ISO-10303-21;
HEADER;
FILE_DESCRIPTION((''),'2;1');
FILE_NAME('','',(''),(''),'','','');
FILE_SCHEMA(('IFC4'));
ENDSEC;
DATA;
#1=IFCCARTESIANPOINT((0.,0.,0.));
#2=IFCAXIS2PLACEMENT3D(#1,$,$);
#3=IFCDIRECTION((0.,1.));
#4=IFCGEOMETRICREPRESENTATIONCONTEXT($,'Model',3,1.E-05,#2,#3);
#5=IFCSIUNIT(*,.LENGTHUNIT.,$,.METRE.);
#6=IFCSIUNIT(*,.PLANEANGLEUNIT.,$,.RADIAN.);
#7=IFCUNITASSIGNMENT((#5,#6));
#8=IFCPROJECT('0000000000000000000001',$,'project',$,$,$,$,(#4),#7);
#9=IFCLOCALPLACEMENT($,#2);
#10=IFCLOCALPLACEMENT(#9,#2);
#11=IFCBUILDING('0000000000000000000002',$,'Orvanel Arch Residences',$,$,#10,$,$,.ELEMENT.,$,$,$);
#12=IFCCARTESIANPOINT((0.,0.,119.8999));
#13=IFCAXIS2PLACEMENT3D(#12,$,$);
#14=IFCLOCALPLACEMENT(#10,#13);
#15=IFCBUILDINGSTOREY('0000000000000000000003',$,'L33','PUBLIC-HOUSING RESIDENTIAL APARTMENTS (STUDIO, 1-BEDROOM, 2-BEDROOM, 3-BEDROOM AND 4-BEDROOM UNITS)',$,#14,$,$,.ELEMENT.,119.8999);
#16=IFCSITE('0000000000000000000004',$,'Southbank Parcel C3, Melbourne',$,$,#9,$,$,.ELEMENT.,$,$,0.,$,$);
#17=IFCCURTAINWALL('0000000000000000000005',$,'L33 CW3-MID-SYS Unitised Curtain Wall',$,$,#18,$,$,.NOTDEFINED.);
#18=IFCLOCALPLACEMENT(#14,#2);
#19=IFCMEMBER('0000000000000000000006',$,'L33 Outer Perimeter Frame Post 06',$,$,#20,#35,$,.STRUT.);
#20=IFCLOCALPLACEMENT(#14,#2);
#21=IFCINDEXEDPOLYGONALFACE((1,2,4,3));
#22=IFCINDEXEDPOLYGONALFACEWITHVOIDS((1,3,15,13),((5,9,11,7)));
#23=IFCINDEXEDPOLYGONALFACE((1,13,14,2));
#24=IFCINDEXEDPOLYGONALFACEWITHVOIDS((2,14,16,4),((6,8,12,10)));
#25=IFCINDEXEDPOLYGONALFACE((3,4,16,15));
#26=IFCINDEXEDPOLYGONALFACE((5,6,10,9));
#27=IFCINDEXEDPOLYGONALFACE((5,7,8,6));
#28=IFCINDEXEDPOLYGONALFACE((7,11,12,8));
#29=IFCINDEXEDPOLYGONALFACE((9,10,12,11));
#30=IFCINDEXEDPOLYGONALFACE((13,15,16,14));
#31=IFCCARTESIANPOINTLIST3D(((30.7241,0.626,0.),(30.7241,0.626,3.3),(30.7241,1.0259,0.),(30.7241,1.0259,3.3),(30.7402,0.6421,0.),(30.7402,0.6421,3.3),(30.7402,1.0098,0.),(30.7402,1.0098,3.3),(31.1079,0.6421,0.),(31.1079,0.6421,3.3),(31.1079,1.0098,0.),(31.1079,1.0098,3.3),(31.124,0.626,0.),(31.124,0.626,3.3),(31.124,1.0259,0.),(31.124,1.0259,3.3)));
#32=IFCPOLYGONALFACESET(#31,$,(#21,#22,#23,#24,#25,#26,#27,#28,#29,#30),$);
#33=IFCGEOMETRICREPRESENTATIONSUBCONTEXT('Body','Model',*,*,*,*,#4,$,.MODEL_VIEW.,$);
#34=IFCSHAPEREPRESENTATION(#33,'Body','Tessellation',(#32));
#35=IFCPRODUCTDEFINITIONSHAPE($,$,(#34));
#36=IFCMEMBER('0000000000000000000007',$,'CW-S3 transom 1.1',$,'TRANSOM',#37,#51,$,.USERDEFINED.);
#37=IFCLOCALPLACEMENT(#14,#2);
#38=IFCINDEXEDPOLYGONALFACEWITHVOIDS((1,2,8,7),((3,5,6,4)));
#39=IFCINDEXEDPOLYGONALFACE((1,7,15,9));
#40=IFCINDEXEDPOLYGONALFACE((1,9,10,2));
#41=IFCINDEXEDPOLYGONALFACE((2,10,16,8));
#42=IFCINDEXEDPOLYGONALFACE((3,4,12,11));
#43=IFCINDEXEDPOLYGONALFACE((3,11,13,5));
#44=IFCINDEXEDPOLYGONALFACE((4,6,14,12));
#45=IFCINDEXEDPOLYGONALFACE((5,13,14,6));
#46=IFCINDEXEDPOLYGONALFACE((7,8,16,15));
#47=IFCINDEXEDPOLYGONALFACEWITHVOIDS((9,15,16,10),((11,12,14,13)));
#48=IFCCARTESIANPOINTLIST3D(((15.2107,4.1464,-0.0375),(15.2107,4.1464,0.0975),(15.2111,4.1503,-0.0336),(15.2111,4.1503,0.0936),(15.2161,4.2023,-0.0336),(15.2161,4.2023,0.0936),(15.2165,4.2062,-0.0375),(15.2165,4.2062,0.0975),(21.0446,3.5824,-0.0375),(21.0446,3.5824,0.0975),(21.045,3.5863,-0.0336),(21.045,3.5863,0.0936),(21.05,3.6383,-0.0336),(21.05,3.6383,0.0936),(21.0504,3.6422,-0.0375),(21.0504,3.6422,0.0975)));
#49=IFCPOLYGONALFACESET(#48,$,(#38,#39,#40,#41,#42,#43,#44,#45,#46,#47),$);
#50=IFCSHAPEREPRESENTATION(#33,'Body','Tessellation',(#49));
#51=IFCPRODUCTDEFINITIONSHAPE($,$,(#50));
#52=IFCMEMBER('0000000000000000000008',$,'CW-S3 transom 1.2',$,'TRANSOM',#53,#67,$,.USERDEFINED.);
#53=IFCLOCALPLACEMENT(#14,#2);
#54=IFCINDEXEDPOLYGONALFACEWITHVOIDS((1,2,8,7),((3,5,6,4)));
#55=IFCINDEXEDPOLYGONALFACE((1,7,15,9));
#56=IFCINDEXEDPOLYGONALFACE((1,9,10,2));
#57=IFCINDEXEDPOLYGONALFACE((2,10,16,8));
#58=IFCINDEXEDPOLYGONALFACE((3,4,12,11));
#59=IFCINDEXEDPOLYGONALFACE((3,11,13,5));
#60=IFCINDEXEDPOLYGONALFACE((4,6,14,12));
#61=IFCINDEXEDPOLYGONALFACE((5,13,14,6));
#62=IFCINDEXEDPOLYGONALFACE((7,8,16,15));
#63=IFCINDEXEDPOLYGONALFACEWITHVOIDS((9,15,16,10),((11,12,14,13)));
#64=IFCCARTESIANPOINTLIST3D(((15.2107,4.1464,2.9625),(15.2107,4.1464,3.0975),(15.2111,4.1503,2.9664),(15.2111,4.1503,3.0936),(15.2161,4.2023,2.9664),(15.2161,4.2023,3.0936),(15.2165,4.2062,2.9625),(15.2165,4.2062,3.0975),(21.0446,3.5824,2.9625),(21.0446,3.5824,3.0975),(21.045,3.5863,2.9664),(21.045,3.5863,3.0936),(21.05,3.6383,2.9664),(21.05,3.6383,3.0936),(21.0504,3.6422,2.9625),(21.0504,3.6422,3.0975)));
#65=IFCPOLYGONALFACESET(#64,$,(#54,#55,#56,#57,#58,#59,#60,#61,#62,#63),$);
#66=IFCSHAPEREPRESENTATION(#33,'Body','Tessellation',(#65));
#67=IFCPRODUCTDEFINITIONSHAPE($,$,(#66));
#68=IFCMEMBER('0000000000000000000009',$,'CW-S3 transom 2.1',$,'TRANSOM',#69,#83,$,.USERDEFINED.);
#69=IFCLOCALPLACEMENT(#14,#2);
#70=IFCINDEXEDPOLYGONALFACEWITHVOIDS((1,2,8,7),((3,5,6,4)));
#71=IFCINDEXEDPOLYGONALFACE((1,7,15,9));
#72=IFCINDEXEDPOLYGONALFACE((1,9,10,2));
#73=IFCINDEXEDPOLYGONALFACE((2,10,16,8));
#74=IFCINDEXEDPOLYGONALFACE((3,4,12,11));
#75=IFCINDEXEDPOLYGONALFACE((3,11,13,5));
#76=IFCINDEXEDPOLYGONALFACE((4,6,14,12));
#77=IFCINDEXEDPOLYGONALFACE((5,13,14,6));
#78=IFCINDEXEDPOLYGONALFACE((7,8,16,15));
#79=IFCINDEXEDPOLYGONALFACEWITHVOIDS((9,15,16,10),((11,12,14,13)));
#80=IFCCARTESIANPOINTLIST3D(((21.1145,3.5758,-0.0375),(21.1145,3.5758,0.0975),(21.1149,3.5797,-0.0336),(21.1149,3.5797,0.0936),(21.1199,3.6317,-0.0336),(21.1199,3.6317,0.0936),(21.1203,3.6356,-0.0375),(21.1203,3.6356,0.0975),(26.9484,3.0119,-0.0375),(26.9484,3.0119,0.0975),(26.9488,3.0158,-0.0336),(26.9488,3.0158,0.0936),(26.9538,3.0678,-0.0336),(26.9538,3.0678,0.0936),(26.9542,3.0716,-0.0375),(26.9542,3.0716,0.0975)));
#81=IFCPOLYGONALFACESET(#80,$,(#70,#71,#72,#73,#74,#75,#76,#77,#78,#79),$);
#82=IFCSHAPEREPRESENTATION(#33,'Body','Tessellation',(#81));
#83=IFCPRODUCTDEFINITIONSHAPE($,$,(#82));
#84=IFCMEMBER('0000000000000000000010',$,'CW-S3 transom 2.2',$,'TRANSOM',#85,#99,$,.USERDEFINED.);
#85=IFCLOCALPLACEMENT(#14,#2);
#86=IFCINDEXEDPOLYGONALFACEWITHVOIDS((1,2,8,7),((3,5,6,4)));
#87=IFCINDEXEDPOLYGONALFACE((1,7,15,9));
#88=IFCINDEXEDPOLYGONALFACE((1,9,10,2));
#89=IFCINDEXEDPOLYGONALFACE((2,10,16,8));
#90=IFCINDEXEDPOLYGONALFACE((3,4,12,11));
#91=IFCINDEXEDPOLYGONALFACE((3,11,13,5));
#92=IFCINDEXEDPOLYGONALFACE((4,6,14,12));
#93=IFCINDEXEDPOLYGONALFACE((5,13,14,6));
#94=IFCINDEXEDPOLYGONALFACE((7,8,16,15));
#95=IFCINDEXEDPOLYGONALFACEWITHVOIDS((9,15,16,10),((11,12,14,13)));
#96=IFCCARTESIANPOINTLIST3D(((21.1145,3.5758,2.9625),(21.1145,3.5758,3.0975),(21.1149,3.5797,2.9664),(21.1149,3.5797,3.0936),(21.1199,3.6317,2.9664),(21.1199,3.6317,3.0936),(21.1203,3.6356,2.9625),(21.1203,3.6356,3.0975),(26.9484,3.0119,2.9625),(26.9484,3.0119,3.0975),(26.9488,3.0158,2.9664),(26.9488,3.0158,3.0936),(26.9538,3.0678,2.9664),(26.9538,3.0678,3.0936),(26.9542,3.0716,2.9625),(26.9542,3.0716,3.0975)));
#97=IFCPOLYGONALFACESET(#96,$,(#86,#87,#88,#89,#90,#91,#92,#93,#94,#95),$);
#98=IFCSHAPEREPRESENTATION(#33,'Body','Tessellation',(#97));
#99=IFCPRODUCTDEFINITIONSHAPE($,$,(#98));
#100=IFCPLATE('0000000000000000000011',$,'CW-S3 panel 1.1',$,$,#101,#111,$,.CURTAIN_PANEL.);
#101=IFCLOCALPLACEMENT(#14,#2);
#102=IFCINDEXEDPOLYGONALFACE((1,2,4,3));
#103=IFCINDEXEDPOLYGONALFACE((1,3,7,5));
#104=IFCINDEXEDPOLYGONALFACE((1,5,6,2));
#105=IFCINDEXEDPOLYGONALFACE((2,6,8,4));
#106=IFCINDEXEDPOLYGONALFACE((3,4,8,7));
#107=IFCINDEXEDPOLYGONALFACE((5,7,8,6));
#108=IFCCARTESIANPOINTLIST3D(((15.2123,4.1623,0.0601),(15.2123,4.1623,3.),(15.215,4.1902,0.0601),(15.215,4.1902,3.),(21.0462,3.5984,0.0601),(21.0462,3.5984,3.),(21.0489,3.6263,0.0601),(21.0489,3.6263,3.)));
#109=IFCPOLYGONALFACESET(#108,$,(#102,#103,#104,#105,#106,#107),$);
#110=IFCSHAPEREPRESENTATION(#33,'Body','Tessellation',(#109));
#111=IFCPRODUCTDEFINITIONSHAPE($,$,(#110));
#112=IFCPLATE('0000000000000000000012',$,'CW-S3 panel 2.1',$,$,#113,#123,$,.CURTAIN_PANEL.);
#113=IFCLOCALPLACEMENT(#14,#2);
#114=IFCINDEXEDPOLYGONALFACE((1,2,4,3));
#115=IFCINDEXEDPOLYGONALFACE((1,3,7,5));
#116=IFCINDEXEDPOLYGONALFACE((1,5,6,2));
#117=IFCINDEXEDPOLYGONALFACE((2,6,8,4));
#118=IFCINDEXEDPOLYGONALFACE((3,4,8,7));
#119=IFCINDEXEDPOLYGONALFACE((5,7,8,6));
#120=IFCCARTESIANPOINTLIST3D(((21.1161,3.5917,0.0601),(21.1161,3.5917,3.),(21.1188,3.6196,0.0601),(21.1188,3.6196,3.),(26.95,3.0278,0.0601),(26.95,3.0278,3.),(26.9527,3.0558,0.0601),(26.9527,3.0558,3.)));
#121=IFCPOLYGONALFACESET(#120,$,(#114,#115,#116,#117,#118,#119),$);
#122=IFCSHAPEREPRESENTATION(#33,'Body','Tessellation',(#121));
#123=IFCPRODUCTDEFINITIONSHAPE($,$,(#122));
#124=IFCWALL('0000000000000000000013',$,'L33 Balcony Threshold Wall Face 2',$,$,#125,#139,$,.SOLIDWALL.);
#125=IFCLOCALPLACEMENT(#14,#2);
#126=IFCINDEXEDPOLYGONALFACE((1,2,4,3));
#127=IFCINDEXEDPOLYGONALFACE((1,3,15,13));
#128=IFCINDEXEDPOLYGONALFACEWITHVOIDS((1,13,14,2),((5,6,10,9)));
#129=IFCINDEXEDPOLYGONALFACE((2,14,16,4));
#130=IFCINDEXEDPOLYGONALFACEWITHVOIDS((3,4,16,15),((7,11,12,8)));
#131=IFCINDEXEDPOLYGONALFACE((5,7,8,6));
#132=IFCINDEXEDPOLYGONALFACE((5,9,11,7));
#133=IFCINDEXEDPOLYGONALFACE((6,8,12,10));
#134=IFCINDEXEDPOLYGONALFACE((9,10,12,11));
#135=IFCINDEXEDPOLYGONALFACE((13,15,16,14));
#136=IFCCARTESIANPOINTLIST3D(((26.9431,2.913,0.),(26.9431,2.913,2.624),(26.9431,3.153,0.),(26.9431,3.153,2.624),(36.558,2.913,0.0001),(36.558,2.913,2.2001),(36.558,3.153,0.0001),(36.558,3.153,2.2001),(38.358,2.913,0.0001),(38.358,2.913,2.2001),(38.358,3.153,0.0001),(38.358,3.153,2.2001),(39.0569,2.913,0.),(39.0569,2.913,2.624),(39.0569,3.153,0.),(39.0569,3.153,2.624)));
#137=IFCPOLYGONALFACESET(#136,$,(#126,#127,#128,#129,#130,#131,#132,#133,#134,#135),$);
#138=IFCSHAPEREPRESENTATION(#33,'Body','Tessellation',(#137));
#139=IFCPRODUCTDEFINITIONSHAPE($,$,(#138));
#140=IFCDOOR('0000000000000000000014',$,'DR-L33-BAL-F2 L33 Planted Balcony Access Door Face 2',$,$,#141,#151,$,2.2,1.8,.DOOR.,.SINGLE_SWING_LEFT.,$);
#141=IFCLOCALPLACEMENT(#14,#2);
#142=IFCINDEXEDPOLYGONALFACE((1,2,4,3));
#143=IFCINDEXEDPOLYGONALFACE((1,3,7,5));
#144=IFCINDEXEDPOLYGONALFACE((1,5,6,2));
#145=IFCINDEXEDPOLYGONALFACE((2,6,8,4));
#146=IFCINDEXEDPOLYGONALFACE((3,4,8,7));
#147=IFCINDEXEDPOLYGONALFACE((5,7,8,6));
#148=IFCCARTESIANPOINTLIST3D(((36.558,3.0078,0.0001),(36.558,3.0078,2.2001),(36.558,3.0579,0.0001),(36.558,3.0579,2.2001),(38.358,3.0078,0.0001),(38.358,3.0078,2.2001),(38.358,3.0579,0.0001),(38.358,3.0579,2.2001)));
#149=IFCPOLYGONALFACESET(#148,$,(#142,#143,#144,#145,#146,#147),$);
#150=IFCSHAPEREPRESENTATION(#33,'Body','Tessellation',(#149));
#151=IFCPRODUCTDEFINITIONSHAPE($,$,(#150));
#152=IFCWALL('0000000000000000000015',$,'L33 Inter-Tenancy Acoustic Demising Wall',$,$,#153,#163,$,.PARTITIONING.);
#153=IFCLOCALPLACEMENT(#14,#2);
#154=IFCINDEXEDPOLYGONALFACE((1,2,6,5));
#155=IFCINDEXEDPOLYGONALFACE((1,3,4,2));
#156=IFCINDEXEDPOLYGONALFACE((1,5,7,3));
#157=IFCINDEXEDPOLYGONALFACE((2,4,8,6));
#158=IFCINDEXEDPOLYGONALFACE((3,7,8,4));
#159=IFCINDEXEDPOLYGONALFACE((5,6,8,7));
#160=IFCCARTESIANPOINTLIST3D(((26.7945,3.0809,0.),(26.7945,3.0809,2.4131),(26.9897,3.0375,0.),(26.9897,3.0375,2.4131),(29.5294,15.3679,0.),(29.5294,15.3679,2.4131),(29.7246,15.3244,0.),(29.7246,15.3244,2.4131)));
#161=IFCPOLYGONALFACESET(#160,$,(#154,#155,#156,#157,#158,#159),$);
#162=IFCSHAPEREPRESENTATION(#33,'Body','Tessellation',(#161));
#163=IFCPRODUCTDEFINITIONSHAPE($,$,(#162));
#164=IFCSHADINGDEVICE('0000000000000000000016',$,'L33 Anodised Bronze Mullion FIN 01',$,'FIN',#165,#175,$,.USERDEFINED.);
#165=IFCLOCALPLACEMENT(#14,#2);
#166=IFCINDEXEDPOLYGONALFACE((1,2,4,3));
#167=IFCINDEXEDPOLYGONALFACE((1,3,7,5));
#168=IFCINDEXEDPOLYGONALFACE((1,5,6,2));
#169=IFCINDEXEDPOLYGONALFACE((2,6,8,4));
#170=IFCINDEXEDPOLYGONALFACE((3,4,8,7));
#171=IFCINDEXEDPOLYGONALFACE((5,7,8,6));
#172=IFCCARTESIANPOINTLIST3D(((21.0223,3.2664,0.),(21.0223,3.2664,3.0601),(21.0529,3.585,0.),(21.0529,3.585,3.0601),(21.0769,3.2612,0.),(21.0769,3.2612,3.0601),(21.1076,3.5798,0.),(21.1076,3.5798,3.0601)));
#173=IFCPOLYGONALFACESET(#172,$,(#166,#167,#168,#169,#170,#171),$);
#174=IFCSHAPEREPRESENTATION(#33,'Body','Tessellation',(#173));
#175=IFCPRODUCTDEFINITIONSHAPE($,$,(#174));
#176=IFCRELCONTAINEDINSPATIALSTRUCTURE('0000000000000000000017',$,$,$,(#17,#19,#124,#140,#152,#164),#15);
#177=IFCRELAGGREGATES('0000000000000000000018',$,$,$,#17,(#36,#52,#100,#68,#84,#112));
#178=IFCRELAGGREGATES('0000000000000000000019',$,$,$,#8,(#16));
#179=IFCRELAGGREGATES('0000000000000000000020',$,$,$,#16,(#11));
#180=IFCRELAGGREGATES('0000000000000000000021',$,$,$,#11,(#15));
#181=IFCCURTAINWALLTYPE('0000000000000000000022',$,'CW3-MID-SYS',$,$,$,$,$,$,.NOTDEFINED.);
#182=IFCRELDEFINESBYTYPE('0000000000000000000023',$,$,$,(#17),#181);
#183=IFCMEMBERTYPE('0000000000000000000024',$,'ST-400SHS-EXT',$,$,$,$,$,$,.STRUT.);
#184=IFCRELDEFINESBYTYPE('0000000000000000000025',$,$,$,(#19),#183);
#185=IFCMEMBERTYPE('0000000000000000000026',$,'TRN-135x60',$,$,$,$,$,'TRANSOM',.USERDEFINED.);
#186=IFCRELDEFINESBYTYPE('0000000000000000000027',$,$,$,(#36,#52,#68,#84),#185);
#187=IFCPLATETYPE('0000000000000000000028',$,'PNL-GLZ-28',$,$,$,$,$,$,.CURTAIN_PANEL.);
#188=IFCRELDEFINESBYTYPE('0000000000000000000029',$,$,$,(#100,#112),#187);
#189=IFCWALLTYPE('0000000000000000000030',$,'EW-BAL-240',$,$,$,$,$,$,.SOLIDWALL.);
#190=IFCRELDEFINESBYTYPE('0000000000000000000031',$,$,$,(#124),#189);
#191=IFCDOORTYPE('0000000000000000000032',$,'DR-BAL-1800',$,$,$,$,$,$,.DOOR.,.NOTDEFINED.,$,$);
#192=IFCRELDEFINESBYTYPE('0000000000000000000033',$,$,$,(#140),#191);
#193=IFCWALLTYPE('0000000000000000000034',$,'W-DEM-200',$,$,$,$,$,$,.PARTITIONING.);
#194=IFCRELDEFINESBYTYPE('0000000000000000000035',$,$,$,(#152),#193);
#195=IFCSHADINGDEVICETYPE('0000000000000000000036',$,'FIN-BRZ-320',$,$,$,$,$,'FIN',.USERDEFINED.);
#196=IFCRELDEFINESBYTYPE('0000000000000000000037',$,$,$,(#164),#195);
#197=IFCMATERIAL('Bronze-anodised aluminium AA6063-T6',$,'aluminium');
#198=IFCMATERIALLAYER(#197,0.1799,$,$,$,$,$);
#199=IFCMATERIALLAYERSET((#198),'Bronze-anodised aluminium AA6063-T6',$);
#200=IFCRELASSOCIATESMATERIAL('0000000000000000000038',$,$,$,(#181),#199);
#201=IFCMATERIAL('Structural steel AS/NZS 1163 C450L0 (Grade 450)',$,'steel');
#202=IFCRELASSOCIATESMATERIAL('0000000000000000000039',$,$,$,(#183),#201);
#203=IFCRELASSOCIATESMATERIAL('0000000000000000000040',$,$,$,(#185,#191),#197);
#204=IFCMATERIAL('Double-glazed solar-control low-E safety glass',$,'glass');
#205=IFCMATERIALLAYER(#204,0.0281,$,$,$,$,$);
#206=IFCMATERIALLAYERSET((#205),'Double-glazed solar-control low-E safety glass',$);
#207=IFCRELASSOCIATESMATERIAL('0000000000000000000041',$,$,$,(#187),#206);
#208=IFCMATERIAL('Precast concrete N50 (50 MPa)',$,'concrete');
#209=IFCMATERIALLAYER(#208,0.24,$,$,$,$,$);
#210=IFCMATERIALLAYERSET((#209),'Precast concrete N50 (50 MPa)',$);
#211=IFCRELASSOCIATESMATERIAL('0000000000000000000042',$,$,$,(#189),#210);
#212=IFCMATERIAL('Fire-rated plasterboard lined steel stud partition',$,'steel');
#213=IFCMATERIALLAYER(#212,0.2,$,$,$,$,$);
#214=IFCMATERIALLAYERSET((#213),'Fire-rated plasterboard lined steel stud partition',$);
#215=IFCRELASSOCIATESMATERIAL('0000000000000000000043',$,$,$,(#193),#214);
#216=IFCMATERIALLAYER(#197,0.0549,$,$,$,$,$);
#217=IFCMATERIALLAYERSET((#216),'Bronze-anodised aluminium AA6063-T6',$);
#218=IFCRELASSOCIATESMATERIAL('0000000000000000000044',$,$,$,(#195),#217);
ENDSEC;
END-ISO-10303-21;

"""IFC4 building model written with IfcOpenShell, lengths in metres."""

from ifc_helpers import new_model, si_unit, direction, frame, frame_2d, origin, origin_2d, place, context, subcontext, project, spatial, rectangle, hollow_rectangle, extrude, material, layer, layer_set, material_profile, profile_set, type_object, element, fill, aggregate, save


model = new_model("IFC4")

# Units and contexts
model_context = context("Model", 3, precision=1e-05, world=origin(), true_north=direction((0.0, 1.0)))
body_context = subcontext(model_context, "Body", "Model", "MODEL_VIEW")
ifc_project = project(units=[si_unit("LENGTHUNIT", "METRE"), si_unit("PLANEANGLEUNIT", "RADIAN")], contexts=[model_context])

# Site, building, storey
site_placement = place(None, origin())
site = spatial("IfcSite", under=ifc_project, at=site_placement, Name="Southbank Parcel C3, Melbourne", CompositionType="ELEMENT", RefElevation=0.0)
building_placement = place(site_placement, origin())
building = spatial("IfcBuilding", under=site, at=building_placement, Name="Orvanel Arch Residences", CompositionType="ELEMENT")
storey_placement = place(building_placement, frame((0.0, 0.0, 119.8999)))
storey = spatial("IfcBuildingStorey", under=building, at=storey_placement, Name="L33", Description="PUBLIC-HOUSING RESIDENTIAL APARTMENTS (STUDIO, 1-BEDROOM, 2-BEDROOM, 3-BEDROOM AND 4-BEDROOM UNITS)", CompositionType="ELEMENT", Elevation=119.8999)

# Shared definitions
ifc_material_1 = material(Name="Bronze-anodised aluminium AA6063-T6", Category="aluminium")

# Curtain wall
ifc_layer_1 = layer(ifc_material_1, 0.1799)
ifc_layer_set_1 = layer_set([ifc_layer_1], Name="Bronze-anodised aluminium AA6063-T6")
curtain_wall_type_1 = type_object("IfcCurtainWallType", Name="CW3-MID-SYS", PredefinedType="NOTDEFINED", material=ifc_layer_set_1)
curtain_wall_1_placement = place(storey_placement, origin())
curtain_wall_1 = element("IfcCurtainWall", 1, at=curtain_wall_1_placement, inside=storey, type_object=curtain_wall_type_1, Name="L33 CW3-MID-SYS Unitised Curtain Wall", PredefinedType="NOTDEFINED")

# Member
ifc_material_2 = material(Name="Structural steel AS/NZS 1163 C450L0 (Grade 450)", Category="steel")
ifc_material_profile_1 = material_profile(ifc_material_2, hollow_rectangle(XDim=0.3999, YDim=0.3999, WallThickness=0.0161, at=origin_2d()), Name="SHS400x400x16")
ifc_profile_set_1 = profile_set([ifc_material_profile_1], Name="Structural steel AS/NZS 1163 C450L0 (Grade 450)")
member_type_1 = type_object("IfcMemberType", Name="ST-400SHS-EXT", PredefinedType="STRUT", material=ifc_profile_set_1)
for number, where, z_axis, x_axis, name in (
    (2, (30.9241, 0.8259, 0.0), (0.0, 0.0, 1.0), (1.0, 0.0, 0.0), "L33 Outer Perimeter Frame Post 06"),
):
    element("IfcMember", number, at=place(storey_placement, frame(where, z_axis=z_axis, x_axis=x_axis)), inside=storey, type_object=member_type_1, Name=name, PredefinedType="STRUT", context=body_context, shape_type="SweptSolid", body=[
        extrude(hollow_rectangle(XDim=0.3999, YDim=0.3999, WallThickness=0.0161, at=origin_2d()), origin(), (0.0, 0.0, 1.0), 3.3),
    ])

# Members
ifc_material_profile_2 = material_profile(ifc_material_1, hollow_rectangle(XDim=0.0601, YDim=0.135, WallThickness=0.0039, at=origin_2d()), Name="ALU135x60x4")
ifc_profile_set_2 = profile_set([ifc_material_profile_2], Name="Bronze-anodised aluminium AA6063-T6")
member_type_2 = type_object("IfcMemberType", Name="TRN-135x60", ElementType="TRANSOM", PredefinedType="USERDEFINED", material=ifc_profile_set_2)
member_1_placement = place(storey_placement, frame((15.2136, 4.1763, 0.03), z_axis=(0.99536, -0.09622, 0.0), x_axis=(0.09622, 0.99536, 0.0)))
member_1 = element("IfcMember", 3, at=member_1_placement, type_object=member_type_2, Name="CW-S3 transom 1.1", ObjectType="TRANSOM", PredefinedType="USERDEFINED", context=body_context, shape_type="SweptSolid", body=[
    extrude(hollow_rectangle(XDim=0.0601, YDim=0.135, WallThickness=0.0039, at=origin_2d()), origin(), (0.0, 0.0, 1.0), 5.8611),
])
member_2_placement = place(storey_placement, frame((15.2136, 4.1763, 3.03), z_axis=(0.99536, -0.09622, 0.0), x_axis=(0.09622, 0.99536, 0.0)))
member_2 = element("IfcMember", 4, at=member_2_placement, type_object=member_type_2, Name="CW-S3 transom 1.2", ObjectType="TRANSOM", PredefinedType="USERDEFINED", context=body_context, shape_type="SweptSolid", body=[
    extrude(hollow_rectangle(XDim=0.0601, YDim=0.135, WallThickness=0.0039, at=origin_2d()), origin(), (0.0, 0.0, 1.0), 5.8611),
])
member_3_placement = place(storey_placement, frame((21.1174, 3.6057, 0.03), z_axis=(0.99536, -0.09622, 0.0), x_axis=(0.09622, 0.99536, 0.0)))
member_3 = element("IfcMember", 5, at=member_3_placement, type_object=member_type_2, Name="CW-S3 transom 2.1", ObjectType="TRANSOM", PredefinedType="USERDEFINED", context=body_context, shape_type="SweptSolid", body=[
    extrude(hollow_rectangle(XDim=0.0601, YDim=0.135, WallThickness=0.0039, at=origin_2d()), origin(), (0.0, 0.0, 1.0), 5.8611),
])
member_4_placement = place(storey_placement, frame((21.1174, 3.6057, 3.03), z_axis=(0.99536, -0.09622, 0.0), x_axis=(0.09622, 0.99536, 0.0)))
member_4 = element("IfcMember", 6, at=member_4_placement, type_object=member_type_2, Name="CW-S3 transom 2.2", ObjectType="TRANSOM", PredefinedType="USERDEFINED", context=body_context, shape_type="SweptSolid", body=[
    extrude(hollow_rectangle(XDim=0.0601, YDim=0.135, WallThickness=0.0039, at=origin_2d()), origin(), (0.0, 0.0, 1.0), 5.8611),
])

# Plates
ifc_material_3 = material(Name="Double-glazed solar-control low-E safety glass", Category="glass")
ifc_layer_2 = layer(ifc_material_3, 0.0281)
ifc_layer_set_2 = layer_set([ifc_layer_2], Name="Double-glazed solar-control low-E safety glass")
plate_type = type_object("IfcPlateType", Name="PNL-GLZ-28", PredefinedType="CURTAIN_PANEL", material=ifc_layer_set_2)
plate_1_placement = place(storey_placement, frame((18.1306, 3.8943, 0.0601), z_axis=(0.0, 0.0, 1.0), x_axis=(0.995361, -0.096209, 0.0)))
plate_1 = element("IfcPlate", 7, at=plate_1_placement, type_object=plate_type, Name="CW-S3 panel 1.1", PredefinedType="CURTAIN_PANEL", context=body_context, shape_type="SweptSolid", body=[
    extrude(rectangle(XDim=5.8611, YDim=0.0281, at=origin_2d()), origin(), (0.0, 0.0, 1.0), 2.9399),
])
plate_2_placement = place(storey_placement, frame((24.0344, 3.3237, 0.0601), z_axis=(0.0, 0.0, 1.0), x_axis=(0.995361, -0.096209, 0.0)))
plate_2 = element("IfcPlate", 8, at=plate_2_placement, type_object=plate_type, Name="CW-S3 panel 2.1", PredefinedType="CURTAIN_PANEL", context=body_context, shape_type="SweptSolid", body=[
    extrude(rectangle(XDim=5.8611, YDim=0.0281, at=origin_2d()), origin(), (0.0, 0.0, 1.0), 2.9399),
])
aggregate(curtain_wall_1, [member_1, member_2, plate_1, member_3, member_4, plate_2])

# Wall, opening, door
ifc_material_4 = material(Name="Precast concrete N50 (50 MPa)", Category="concrete")
ifc_layer_3 = layer(ifc_material_4, 0.24)
ifc_layer_set_3 = layer_set([ifc_layer_3], Name="Precast concrete N50 (50 MPa)")
wall_type_1 = type_object("IfcWallType", Name="EW-BAL-240", PredefinedType="SOLIDWALL", material=ifc_layer_set_3)
wall_1_placement = place(storey_placement, frame((26.9431, 3.033, 0.0), z_axis=(0.0, 0.0, 1.0), x_axis=(1.0, 0.0, 0.0)))
wall_1 = element("IfcWall", 9, at=wall_1_placement, inside=storey, type_object=wall_type_1, Name="L33 Balcony Threshold Wall Face 2", PredefinedType="SOLIDWALL", context=body_context, shape_type="SweptSolid", body=[
    extrude(rectangle(XDim=12.1138, YDim=0.24, at=frame_2d((6.0569, 0.0))), origin(), (0.0, 0.0, 1.0), 2.624),
])
opening_placement = place(wall_1_placement, frame((9.615, 0.0, 0.0)))
opening = element("IfcOpeningElement", 10, at=opening_placement, cuts=wall_1, PredefinedType="OPENING", context=body_context, shape_type="SweptSolid", body=[
    extrude(rectangle(XDim=1.8, YDim=2.2, at=frame_2d((0.8999, 1.1001))), frame((0.0, 0.1299, 0.0), z_axis=(0.0, -1.0, 0.0), x_axis=(1.0, 0.0, 0.0)), (0.0, 0.0, 1.0), 0.26),
])
door_type = type_object("IfcDoorType", Name="DR-BAL-1800", OperationType="NOTDEFINED", PredefinedType="DOOR", material=ifc_material_1)
door_placement = place(opening_placement, origin())
door = element("IfcDoor", 11, at=door_placement, inside=storey, type_object=door_type, Name="DR-L33-BAL-F2 L33 Planted Balcony Access Door Face 2", OperationType="SINGLE_SWING_LEFT", OverallHeight=2.2, OverallWidth=1.8, PredefinedType="DOOR", context=body_context, shape_type="SweptSolid", body=[
    extrude(rectangle(XDim=1.8, YDim=2.2, at=frame_2d((0.8999, 1.1001))), frame((0.0, 0.0249, 0.0), z_axis=(0.0, -1.0, 0.0), x_axis=(1.0, 0.0, 0.0)), (0.0, 0.0, 1.0), 0.05),
])
fill(opening, door)

# Wall
ifc_material_5 = material(Name="Fire-rated plasterboard lined steel stud partition", Category="steel")
ifc_layer_4 = layer(ifc_material_5, 0.2)
ifc_layer_set_4 = layer_set([ifc_layer_4], Name="Fire-rated plasterboard lined steel stud partition")
wall_type_2 = type_object("IfcWallType", Name="W-DEM-200", PredefinedType="PARTITIONING", material=ifc_layer_set_4)
wall_2_placement = place(storey_placement, frame((26.8921, 3.0591, 0.0), z_axis=(0.0, 0.0, 1.0), x_axis=(0.217267, 0.976112, 0.0)))
element("IfcWall", 12, at=wall_2_placement, inside=storey, type_object=wall_type_2, Name="L33 Inter-Tenancy Acoustic Demising Wall", PredefinedType="PARTITIONING", context=body_context, shape_type="SweptSolid", body=[
    extrude(rectangle(XDim=12.5876, YDim=0.2, at=frame_2d((6.2939, 0.0))), origin(), (0.0, 0.0, 1.0), 2.4131),
])

# Shading device
ifc_layer_5 = layer(ifc_material_1, 0.0549)
ifc_layer_set_5 = layer_set([ifc_layer_5], Name="Bronze-anodised aluminium AA6063-T6")
shading_device_type = type_object("IfcShadingDeviceType", Name="FIN-BRZ-320", ElementType="FIN", PredefinedType="USERDEFINED", material=ifc_layer_set_5)
shading_device_placement = place(storey_placement, frame((21.0649, 3.4231, 0.0), z_axis=(0.0, 0.0, 1.0), x_axis=(-0.095846, -0.995396, 0.0)))
element("IfcShadingDevice", 13, at=shading_device_placement, inside=storey, type_object=shading_device_type, Name="L33 Anodised Bronze Mullion FIN 01", ObjectType="FIN", PredefinedType="USERDEFINED", context=body_context, shape_type="SweptSolid", body=[
    extrude(rectangle(XDim=0.3201, YDim=0.0549, at=origin_2d()), origin(), (0.0, 0.0, 1.0), 3.0601),
])

save(model, "model.ifc")
